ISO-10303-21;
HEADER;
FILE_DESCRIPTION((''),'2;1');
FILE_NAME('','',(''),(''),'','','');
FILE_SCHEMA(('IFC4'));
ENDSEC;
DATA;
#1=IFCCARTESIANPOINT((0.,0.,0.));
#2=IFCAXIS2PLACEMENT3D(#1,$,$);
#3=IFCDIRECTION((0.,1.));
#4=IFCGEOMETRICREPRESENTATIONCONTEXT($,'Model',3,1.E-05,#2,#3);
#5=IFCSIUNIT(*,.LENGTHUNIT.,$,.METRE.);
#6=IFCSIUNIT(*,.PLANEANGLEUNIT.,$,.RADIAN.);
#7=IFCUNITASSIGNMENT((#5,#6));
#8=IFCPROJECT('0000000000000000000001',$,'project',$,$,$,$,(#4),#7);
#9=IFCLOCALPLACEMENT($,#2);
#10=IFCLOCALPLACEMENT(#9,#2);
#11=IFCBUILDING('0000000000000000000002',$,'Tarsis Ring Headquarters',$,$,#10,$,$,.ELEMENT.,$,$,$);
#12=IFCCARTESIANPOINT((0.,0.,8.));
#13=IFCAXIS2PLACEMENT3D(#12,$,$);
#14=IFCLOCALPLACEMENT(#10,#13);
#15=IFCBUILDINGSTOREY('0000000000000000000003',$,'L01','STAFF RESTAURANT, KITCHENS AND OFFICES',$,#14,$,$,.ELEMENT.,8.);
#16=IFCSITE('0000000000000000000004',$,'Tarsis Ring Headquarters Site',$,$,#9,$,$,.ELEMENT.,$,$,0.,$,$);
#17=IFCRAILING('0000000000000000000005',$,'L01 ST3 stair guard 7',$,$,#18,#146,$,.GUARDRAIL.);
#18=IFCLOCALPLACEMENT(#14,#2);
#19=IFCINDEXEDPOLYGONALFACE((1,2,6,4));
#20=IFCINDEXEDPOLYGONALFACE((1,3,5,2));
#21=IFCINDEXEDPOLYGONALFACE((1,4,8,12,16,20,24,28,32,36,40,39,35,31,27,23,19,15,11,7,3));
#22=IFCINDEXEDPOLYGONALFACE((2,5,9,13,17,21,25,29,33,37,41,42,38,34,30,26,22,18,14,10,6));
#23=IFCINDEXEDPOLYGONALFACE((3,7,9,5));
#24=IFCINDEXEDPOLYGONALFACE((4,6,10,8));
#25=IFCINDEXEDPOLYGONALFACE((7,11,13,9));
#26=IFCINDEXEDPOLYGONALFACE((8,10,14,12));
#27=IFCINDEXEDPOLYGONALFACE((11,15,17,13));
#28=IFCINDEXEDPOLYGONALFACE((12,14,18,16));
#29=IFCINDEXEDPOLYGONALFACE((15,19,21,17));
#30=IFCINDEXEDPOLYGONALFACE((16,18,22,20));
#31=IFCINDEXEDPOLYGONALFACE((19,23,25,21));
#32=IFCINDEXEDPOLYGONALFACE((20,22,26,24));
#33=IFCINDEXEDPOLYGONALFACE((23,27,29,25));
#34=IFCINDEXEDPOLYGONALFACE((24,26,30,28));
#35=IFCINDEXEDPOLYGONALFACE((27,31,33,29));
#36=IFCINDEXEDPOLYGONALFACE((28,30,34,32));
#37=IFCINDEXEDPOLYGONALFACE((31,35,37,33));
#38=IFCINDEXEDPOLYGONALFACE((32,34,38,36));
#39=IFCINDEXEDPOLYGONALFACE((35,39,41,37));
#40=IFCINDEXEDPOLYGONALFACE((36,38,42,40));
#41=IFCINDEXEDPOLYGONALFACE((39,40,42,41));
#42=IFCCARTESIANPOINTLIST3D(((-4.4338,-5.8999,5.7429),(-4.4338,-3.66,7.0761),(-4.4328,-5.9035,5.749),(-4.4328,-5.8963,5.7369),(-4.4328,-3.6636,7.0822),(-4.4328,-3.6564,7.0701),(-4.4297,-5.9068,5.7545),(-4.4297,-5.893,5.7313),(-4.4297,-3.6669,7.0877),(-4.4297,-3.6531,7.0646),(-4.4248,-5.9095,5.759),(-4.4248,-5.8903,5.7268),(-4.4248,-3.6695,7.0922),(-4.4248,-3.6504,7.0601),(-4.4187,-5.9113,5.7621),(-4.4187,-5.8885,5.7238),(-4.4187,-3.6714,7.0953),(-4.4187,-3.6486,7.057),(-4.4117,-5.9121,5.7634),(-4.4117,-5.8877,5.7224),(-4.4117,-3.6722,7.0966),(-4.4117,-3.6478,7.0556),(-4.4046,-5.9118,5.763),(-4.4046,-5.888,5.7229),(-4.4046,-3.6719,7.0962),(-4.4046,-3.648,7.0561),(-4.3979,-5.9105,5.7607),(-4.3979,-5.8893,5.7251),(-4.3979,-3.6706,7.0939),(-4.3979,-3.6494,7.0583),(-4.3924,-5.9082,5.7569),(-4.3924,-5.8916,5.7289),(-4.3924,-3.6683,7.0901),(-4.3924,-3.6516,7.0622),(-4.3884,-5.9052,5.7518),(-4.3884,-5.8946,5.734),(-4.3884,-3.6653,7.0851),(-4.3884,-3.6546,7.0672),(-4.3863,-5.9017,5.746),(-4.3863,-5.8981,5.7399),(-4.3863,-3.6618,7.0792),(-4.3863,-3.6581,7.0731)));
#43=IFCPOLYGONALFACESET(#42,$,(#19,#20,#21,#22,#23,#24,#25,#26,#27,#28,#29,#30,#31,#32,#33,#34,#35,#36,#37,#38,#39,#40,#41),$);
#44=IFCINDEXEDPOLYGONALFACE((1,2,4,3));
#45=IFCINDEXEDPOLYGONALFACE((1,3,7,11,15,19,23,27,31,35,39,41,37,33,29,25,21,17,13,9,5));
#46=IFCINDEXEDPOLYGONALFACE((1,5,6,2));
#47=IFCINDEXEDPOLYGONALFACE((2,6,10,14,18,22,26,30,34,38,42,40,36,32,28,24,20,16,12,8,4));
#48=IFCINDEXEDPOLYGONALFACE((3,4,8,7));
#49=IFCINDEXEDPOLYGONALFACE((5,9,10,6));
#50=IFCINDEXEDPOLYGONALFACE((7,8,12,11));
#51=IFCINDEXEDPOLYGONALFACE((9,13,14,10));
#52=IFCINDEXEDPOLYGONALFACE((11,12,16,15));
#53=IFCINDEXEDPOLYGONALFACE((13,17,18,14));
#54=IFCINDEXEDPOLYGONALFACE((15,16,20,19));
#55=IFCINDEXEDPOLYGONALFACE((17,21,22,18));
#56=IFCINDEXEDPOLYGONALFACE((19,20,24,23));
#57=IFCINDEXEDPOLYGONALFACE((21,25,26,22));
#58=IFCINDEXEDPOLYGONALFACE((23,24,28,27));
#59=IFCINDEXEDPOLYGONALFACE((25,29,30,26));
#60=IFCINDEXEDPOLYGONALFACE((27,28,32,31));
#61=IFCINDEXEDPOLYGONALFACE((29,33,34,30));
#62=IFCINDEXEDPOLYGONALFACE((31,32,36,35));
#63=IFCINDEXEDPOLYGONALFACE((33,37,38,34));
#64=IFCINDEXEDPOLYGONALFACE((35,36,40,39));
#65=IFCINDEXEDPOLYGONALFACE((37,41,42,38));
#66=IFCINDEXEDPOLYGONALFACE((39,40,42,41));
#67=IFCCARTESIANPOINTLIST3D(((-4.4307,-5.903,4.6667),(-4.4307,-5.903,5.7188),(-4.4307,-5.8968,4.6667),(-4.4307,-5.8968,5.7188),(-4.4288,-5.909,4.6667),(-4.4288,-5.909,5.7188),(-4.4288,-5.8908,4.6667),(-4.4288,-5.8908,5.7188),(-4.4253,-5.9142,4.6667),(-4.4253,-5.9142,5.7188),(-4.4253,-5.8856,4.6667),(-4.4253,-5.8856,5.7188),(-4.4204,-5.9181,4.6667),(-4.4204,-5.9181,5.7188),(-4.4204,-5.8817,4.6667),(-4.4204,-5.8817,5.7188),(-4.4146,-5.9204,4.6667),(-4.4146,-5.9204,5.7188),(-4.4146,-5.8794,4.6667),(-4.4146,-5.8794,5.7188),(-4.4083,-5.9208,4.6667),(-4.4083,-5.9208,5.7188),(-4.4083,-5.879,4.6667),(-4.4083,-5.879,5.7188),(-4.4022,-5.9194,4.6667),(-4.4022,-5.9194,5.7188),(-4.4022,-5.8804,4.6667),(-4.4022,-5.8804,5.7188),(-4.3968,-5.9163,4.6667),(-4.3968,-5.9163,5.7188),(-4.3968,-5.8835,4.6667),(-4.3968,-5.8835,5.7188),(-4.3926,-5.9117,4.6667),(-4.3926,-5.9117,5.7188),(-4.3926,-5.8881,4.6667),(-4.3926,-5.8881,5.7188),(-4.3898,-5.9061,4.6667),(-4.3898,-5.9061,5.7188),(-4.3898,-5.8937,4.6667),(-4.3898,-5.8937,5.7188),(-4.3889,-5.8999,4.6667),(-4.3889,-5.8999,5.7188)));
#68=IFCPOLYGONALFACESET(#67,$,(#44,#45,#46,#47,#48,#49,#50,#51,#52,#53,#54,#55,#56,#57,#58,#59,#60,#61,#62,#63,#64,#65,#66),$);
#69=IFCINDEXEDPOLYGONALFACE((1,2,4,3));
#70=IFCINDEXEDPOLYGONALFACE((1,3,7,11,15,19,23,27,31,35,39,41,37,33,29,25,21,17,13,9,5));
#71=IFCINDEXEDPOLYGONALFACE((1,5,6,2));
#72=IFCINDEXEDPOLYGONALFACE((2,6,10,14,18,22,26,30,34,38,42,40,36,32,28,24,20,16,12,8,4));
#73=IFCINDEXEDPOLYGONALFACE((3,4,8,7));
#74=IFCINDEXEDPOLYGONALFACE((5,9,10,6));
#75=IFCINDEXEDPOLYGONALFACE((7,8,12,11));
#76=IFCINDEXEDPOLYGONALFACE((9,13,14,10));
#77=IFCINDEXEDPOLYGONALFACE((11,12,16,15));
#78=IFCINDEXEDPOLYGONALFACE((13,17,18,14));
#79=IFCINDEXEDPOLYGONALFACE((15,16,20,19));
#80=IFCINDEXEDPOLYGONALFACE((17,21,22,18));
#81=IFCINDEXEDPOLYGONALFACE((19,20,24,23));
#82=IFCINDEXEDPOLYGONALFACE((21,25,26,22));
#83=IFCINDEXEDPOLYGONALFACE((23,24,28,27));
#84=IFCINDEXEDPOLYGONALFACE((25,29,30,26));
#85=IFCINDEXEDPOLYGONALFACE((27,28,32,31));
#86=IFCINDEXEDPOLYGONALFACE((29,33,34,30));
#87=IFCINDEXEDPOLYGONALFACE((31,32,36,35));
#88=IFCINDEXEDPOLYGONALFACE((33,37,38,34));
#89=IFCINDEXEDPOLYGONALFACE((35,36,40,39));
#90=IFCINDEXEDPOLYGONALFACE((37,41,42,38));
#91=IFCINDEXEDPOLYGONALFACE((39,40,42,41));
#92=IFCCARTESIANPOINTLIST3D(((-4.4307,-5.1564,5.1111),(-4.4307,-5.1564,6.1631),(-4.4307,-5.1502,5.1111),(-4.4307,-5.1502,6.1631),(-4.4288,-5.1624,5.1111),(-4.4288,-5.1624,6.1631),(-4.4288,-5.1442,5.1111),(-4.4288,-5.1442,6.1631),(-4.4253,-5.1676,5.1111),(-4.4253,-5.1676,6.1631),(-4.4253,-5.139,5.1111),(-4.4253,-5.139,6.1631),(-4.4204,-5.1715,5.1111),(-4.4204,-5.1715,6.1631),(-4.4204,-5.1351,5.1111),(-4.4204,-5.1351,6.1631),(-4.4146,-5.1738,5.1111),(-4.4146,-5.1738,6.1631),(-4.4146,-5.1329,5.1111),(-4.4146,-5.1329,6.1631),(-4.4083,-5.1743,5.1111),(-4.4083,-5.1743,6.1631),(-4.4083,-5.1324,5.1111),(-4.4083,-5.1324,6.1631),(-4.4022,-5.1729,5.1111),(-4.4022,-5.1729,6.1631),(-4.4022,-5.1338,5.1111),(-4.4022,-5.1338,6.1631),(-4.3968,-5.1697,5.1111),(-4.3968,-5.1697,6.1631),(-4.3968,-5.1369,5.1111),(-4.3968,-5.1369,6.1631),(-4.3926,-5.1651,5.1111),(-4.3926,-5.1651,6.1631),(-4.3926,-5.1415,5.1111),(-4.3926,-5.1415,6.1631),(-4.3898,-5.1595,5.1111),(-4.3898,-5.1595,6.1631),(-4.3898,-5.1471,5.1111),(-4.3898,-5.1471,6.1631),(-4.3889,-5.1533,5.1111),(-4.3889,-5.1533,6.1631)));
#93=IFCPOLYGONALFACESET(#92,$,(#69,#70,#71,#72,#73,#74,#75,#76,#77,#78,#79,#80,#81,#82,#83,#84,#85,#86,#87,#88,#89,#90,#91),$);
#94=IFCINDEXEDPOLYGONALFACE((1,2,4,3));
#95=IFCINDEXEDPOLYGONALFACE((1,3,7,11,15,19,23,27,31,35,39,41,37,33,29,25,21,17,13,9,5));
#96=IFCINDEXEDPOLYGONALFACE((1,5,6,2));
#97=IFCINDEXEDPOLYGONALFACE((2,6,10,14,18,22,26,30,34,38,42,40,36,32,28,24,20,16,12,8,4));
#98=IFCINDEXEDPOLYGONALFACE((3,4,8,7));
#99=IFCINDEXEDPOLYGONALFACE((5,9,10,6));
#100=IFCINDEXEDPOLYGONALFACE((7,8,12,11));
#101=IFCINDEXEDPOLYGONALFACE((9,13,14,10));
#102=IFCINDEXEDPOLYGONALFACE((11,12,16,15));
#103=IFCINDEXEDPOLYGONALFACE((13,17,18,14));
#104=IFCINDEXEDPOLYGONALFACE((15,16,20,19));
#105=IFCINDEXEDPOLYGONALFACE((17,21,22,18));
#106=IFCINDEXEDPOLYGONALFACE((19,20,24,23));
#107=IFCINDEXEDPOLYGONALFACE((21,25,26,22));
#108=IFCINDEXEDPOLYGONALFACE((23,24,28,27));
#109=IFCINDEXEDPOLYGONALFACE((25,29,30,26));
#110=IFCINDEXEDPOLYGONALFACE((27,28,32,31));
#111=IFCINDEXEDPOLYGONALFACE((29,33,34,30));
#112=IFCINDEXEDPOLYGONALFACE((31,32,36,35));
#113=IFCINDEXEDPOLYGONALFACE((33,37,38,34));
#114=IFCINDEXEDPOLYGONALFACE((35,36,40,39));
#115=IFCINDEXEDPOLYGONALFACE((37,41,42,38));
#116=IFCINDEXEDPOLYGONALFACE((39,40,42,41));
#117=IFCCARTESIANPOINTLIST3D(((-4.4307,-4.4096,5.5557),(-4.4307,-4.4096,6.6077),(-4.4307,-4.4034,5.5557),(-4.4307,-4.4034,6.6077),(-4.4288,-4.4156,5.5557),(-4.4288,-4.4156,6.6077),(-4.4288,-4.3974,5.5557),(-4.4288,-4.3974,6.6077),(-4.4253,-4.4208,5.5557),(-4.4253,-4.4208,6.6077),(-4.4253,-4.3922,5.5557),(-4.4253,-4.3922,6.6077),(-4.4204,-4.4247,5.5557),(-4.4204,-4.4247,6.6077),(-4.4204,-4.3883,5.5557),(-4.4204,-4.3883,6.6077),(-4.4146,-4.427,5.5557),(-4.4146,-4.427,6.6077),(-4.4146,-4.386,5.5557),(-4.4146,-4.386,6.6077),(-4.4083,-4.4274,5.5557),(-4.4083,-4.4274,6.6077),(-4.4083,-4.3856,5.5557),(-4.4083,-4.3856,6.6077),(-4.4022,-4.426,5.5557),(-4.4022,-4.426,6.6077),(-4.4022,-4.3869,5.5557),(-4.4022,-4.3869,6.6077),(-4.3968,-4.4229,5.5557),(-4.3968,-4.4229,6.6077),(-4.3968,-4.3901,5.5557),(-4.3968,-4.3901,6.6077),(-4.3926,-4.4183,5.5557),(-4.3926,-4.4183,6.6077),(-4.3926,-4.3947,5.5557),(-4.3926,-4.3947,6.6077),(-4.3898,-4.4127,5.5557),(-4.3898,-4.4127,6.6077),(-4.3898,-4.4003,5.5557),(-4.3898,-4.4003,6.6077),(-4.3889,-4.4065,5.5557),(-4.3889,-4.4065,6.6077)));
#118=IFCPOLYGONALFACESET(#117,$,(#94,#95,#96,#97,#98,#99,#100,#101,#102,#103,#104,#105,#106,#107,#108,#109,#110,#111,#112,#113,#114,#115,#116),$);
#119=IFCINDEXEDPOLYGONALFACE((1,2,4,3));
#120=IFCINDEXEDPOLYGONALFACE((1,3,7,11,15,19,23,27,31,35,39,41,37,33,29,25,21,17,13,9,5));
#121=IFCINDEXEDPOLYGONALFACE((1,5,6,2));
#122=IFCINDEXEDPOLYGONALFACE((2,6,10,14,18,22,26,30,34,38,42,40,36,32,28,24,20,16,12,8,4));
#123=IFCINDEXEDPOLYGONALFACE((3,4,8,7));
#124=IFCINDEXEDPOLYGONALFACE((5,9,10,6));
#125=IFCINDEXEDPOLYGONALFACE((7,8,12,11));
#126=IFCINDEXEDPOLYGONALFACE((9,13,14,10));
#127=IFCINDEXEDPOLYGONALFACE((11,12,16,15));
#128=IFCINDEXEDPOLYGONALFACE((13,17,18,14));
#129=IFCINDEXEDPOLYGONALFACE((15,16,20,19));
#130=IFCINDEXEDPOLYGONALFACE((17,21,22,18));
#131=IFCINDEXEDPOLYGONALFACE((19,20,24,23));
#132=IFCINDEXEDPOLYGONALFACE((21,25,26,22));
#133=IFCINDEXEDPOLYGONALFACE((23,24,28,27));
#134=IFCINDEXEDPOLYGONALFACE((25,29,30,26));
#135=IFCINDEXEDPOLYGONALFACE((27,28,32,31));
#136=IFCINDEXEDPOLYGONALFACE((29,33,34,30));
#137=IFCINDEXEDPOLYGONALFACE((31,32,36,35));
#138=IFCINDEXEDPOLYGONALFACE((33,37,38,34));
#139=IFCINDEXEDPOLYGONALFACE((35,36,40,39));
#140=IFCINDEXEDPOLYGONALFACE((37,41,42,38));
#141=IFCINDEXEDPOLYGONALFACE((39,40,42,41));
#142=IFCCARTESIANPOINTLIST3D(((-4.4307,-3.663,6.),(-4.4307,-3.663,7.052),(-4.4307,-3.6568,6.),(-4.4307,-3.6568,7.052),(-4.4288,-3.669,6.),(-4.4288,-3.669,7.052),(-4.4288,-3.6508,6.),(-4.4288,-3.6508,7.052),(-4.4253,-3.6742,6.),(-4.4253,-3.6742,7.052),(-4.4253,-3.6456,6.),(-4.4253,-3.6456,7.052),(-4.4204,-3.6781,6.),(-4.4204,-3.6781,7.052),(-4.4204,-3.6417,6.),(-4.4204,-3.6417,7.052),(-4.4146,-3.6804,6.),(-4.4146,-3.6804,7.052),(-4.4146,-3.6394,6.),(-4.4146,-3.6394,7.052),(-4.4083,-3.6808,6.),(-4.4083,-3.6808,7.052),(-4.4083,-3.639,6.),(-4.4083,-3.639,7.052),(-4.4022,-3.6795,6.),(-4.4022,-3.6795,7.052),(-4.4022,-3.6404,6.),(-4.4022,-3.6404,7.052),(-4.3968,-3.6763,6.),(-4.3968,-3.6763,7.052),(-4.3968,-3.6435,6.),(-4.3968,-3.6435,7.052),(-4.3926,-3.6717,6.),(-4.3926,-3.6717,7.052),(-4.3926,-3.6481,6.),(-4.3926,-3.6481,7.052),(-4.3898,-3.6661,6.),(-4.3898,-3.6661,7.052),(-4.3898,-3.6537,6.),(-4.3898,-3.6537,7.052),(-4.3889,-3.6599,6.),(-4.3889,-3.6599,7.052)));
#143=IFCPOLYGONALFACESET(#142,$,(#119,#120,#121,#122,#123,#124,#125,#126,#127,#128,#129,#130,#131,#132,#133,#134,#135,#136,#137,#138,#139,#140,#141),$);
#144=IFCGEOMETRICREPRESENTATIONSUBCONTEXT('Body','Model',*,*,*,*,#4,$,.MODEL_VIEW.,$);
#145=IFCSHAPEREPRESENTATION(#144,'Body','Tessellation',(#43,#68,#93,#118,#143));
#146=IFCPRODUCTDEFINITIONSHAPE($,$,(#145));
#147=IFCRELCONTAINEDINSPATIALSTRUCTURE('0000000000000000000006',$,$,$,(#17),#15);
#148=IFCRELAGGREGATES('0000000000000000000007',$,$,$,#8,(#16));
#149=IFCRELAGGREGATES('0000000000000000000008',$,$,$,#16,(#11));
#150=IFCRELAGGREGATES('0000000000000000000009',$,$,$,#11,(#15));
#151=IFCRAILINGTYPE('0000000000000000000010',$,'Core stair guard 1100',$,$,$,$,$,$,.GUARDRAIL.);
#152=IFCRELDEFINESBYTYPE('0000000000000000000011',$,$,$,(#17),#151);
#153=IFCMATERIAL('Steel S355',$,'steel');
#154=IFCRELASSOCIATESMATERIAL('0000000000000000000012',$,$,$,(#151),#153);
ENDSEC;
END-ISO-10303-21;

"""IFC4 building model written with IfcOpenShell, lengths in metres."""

from ifc_helpers import new_model, si_unit, direction, frame, origin, origin_2d, place, context, subcontext, project, spatial, circle, extrude, material, type_object, element, save


model = new_model("IFC4")

# Units and contexts
model_context = context("Model", 3, precision=1e-05, world=origin(), true_north=direction((0.0, 1.0)))
body_context = subcontext(model_context, "Body", "Model", "MODEL_VIEW")
ifc_project = project(units=[si_unit("LENGTHUNIT", "METRE"), si_unit("PLANEANGLEUNIT", "RADIAN")], contexts=[model_context])

# Site, building, storey
site_placement = place(None, origin())
site = spatial("IfcSite", under=ifc_project, at=site_placement, Name="Tarsis Ring Headquarters Site", CompositionType="ELEMENT", RefElevation=0.0)
building_placement = place(site_placement, origin())
building = spatial("IfcBuilding", under=site, at=building_placement, Name="Tarsis Ring Headquarters", CompositionType="ELEMENT")
storey_placement = place(building_placement, frame((0.0, 0.0, 8.0)))
storey = spatial("IfcBuildingStorey", under=building, at=storey_placement, Name="L01", Description="STAFF RESTAURANT, KITCHENS AND OFFICES", CompositionType="ELEMENT", Elevation=8.0)

# Railing
ifc_material_1 = material(Name="Steel S355", Category="steel")
railing_type_1 = type_object("IfcRailingType", Name="Core stair guard 1100", PredefinedType="GUARDRAIL", material=ifc_material_1)
railing_1_placement = place(storey_placement, frame((-4.4099, -5.8999, 4.6667)))
element("IfcRailing", 1, at=railing_1_placement, inside=storey, type_object=railing_type_1, Name="L01 ST3 stair guard 7", PredefinedType="GUARDRAIL", context=body_context, shape_type="SweptSolid", body=[
    extrude(circle(Radius=0.0239, at=origin_2d()), frame((0.0, 0.0, 1.0762), z_axis=(0.0, 0.859306, 0.511462), x_axis=(-1.0, 0.0, 0.0)), (0.0, 0.0, 1.0), 2.6067),
    extrude(circle(Radius=0.021, at=origin_2d()), origin(), (0.0, 0.0, 1.0), 1.052),
    extrude(circle(Radius=0.021, at=origin_2d()), frame((0.0, 0.7466, 0.4443)), (0.0, 0.0, 1.0), 1.052),
    extrude(circle(Radius=0.021, at=origin_2d()), frame((0.0, 1.4934, 0.8889)), (0.0, 0.0, 1.0), 1.052),
    extrude(circle(Radius=0.021, at=origin_2d()), frame((0.0, 2.24, 1.3333)), (0.0, 0.0, 1.0), 1.052),
])

save(model, "model.ifc")
